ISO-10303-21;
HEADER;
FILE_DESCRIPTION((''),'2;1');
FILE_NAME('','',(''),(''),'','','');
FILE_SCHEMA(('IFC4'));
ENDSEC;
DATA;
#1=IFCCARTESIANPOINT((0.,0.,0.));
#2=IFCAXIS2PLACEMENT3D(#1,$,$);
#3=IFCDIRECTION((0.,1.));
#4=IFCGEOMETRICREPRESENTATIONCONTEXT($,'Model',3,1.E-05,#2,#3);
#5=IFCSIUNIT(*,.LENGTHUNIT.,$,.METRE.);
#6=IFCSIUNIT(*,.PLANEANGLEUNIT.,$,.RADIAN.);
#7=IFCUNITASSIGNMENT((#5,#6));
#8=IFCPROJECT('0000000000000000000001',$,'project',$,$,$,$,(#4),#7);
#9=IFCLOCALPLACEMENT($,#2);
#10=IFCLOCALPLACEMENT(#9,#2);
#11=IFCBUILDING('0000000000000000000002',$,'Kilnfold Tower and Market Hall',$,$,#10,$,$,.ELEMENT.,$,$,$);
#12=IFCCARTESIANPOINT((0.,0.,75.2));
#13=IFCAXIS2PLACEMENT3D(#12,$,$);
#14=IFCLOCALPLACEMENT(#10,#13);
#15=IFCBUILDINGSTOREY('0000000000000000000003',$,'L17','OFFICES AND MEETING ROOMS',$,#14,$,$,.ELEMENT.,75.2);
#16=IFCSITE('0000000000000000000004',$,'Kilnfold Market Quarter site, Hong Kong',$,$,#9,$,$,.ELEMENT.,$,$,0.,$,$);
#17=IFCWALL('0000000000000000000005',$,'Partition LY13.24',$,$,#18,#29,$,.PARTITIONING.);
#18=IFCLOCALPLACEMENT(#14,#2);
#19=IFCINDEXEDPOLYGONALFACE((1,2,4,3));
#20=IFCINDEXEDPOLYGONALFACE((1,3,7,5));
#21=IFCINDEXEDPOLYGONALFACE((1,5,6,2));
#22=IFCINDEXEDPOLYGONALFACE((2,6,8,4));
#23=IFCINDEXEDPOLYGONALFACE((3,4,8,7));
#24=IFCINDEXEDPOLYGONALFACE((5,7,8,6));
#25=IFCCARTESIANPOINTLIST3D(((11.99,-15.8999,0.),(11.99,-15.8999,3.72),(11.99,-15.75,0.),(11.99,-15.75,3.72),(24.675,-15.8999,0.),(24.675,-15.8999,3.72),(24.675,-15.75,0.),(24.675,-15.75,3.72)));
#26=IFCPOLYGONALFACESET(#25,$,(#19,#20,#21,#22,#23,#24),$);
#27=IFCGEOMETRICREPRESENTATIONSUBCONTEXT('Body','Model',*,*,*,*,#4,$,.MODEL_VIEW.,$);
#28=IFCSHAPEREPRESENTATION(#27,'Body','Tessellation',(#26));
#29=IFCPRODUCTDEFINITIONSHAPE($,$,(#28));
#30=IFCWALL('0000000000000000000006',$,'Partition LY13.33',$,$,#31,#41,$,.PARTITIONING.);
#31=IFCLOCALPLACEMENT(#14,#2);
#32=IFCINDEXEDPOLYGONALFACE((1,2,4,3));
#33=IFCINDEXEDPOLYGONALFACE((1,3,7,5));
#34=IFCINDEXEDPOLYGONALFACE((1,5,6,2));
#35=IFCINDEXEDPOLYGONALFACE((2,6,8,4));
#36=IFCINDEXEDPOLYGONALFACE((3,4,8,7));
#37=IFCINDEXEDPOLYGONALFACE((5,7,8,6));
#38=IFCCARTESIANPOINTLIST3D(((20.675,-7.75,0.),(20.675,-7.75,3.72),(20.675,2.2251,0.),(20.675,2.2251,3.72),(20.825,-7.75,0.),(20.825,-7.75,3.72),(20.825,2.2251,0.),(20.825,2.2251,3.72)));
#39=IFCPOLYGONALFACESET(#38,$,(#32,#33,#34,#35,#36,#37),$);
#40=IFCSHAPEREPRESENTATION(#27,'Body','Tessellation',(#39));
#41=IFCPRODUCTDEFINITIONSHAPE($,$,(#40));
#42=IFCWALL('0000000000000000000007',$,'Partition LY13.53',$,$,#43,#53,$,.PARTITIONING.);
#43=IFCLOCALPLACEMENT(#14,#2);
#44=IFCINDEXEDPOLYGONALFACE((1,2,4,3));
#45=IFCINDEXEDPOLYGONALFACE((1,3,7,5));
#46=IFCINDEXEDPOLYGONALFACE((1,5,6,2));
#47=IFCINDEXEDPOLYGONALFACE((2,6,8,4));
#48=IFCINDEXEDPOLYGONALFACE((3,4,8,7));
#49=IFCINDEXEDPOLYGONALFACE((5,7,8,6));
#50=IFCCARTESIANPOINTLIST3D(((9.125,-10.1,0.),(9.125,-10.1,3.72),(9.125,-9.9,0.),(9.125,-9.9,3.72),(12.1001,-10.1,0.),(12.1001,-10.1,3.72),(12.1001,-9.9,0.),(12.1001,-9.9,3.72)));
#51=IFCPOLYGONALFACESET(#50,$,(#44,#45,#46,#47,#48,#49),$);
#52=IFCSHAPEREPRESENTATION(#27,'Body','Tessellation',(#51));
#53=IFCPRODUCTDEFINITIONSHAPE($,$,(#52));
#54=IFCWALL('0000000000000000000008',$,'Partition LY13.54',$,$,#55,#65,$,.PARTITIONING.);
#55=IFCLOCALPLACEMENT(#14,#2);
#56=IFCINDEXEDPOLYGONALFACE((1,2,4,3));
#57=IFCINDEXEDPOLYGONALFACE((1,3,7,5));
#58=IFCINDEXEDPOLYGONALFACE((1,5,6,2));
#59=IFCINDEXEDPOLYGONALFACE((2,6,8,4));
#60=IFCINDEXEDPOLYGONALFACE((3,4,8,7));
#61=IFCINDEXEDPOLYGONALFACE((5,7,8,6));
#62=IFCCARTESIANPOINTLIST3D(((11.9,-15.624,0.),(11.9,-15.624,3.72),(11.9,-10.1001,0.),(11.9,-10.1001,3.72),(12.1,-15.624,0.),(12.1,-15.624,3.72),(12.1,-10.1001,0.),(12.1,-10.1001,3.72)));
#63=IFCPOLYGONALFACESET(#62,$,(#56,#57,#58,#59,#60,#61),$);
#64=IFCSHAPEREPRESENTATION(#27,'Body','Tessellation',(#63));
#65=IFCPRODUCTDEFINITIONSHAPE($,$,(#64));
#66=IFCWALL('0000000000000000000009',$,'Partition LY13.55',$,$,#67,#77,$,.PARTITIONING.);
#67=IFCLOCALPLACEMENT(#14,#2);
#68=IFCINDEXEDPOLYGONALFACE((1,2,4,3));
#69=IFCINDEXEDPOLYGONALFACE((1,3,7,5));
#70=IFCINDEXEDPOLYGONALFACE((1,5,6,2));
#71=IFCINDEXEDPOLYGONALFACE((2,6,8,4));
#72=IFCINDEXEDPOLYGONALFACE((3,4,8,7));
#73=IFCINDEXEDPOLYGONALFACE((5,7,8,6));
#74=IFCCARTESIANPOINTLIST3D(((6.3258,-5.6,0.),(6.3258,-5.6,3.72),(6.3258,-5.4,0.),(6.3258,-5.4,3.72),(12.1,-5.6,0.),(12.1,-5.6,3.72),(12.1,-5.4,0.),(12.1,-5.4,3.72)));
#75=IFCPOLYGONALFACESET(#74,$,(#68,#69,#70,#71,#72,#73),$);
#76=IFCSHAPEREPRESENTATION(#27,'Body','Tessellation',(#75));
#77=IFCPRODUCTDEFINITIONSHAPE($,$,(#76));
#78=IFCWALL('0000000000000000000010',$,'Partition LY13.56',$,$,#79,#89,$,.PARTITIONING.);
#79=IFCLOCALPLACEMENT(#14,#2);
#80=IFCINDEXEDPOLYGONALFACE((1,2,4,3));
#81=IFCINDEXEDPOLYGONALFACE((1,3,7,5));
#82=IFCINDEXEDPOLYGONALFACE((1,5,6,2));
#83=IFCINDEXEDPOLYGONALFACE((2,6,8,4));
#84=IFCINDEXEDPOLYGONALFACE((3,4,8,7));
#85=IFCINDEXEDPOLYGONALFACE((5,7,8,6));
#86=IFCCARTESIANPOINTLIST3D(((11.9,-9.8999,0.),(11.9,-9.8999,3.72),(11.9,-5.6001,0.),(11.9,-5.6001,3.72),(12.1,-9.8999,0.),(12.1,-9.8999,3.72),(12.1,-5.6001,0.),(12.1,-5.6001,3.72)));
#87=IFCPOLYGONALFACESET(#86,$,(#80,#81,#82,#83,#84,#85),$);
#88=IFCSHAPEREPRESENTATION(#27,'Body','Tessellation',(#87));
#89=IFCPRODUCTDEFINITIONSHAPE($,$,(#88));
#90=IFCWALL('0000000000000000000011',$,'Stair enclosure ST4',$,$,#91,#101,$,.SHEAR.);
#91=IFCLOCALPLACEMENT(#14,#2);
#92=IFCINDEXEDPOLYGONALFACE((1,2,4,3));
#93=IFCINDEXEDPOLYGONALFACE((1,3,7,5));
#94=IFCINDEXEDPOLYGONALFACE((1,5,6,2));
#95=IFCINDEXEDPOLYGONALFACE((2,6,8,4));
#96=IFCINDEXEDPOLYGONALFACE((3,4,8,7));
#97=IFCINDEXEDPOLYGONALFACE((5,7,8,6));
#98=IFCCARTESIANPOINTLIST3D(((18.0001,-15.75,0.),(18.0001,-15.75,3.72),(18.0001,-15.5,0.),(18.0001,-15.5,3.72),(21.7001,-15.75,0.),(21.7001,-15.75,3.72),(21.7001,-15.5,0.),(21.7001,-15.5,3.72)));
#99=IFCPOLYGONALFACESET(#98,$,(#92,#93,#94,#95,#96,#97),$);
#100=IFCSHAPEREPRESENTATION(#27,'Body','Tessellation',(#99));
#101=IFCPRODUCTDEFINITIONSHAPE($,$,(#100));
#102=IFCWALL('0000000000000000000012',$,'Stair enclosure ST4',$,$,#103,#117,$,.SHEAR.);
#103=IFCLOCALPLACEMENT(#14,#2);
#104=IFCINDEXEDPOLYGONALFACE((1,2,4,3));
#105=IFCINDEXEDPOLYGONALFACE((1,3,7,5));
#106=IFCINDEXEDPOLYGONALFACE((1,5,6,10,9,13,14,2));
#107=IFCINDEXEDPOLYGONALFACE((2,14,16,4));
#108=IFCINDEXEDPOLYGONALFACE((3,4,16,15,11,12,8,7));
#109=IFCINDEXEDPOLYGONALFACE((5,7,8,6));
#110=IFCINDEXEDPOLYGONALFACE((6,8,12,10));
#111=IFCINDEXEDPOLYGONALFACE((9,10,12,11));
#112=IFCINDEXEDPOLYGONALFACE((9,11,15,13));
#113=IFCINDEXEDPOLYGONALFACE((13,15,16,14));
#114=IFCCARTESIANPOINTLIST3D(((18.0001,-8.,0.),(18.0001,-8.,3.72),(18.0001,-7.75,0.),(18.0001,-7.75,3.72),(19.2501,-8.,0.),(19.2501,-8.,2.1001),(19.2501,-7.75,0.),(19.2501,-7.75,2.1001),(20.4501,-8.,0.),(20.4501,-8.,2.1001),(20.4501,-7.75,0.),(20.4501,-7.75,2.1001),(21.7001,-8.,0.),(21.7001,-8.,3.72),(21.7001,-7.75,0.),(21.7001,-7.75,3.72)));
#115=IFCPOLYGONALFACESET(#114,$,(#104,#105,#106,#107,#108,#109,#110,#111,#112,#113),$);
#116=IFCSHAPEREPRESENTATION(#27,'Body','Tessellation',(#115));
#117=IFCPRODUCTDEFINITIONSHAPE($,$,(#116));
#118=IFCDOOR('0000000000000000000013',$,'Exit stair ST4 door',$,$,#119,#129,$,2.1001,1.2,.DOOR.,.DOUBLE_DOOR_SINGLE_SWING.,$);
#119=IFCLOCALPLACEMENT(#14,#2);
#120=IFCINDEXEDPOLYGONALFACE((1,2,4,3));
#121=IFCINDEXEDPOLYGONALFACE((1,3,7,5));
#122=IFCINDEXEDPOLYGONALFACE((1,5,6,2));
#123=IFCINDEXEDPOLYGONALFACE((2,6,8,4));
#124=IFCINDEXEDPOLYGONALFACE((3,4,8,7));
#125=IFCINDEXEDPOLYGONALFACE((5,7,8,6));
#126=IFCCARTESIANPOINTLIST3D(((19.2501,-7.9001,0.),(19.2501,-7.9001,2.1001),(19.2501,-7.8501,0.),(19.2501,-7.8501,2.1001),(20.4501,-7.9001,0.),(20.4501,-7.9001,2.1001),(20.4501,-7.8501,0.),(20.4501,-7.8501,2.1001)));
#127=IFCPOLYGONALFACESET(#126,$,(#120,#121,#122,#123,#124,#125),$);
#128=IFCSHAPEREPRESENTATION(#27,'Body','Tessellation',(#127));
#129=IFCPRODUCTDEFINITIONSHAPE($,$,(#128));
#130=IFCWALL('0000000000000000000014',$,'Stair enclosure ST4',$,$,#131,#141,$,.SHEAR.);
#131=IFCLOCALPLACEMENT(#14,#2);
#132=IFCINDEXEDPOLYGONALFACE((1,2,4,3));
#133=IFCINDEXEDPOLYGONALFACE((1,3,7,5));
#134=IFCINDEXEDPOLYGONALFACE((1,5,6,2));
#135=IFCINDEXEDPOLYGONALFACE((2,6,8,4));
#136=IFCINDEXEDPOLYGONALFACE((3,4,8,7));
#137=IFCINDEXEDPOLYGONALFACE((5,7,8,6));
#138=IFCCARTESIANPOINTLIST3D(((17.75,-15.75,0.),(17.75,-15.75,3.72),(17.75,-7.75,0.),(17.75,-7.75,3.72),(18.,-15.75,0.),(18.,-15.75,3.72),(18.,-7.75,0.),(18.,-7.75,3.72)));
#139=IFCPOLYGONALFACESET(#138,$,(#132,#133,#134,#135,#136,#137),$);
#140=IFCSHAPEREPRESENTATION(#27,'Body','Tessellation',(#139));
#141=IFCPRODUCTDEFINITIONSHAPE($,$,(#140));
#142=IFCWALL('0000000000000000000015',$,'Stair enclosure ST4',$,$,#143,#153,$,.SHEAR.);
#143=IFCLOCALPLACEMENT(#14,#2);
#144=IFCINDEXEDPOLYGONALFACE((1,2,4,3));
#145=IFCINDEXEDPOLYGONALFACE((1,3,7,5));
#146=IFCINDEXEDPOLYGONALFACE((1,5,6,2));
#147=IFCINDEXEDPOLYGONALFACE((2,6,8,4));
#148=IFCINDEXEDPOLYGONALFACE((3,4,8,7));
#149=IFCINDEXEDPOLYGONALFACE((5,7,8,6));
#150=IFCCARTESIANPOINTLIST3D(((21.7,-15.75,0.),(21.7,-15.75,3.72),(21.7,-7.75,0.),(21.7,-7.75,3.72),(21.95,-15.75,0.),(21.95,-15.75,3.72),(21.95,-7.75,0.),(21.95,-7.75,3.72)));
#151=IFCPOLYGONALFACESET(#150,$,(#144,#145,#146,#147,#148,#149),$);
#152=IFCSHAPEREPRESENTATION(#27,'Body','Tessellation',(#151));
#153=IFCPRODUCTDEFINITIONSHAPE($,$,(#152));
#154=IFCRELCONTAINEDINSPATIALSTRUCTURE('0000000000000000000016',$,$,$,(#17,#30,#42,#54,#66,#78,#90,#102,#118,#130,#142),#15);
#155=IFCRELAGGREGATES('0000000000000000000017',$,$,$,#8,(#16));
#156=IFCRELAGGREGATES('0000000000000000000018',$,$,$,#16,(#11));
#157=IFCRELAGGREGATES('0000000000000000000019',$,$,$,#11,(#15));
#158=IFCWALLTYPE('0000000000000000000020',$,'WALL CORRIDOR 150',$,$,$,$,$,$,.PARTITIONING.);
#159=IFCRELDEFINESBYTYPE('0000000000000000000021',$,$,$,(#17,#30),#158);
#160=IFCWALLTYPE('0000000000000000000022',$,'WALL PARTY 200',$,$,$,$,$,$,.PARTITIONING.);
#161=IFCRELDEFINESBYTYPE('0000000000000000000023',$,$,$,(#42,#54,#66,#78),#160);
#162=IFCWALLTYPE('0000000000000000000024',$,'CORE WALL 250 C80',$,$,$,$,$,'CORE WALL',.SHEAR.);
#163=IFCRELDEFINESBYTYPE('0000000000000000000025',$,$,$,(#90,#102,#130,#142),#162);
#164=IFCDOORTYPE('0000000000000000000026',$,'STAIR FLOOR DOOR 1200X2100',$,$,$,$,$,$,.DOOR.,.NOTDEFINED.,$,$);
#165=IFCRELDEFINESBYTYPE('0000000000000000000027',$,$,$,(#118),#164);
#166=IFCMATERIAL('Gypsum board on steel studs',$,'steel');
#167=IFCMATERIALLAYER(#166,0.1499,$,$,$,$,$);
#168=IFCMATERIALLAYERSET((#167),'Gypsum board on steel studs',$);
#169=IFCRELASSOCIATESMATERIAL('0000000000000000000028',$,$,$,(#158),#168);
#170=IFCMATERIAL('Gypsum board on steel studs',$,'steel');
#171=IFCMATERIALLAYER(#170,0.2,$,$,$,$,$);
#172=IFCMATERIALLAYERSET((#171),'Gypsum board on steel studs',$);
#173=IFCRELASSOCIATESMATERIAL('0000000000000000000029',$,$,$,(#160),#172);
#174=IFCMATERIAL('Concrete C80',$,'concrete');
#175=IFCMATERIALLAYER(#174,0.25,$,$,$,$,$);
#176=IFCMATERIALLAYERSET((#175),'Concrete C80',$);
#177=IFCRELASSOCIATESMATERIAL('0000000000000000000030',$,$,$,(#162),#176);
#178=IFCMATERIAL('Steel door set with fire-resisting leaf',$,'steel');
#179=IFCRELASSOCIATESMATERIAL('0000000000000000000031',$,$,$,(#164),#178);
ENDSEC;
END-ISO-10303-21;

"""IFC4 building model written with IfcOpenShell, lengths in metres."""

from ifc_helpers import new_model, si_unit, direction, frame, frame_2d, origin, place, context, subcontext, project, spatial, rectangle, extrude, source, transform, mapped, material, layer, layer_set, type_object, element, fill, save


model = new_model("IFC4")

# Units and contexts
model_context = context("Model", 3, precision=1e-05, world=origin(), true_north=direction((0.0, 1.0)))
body_context = subcontext(model_context, "Body", "Model", "MODEL_VIEW")
ifc_project = project(units=[si_unit("LENGTHUNIT", "METRE"), si_unit("PLANEANGLEUNIT", "RADIAN")], contexts=[model_context])

# Site, building, storey
site_placement = place(None, origin())
site = spatial("IfcSite", under=ifc_project, at=site_placement, Name="Kilnfold Market Quarter site, Hong Kong", CompositionType="ELEMENT", RefElevation=0.0)
building_placement = place(site_placement, origin())
building = spatial("IfcBuilding", under=site, at=building_placement, Name="Kilnfold Tower and Market Hall", CompositionType="ELEMENT")
storey_placement = place(building_placement, frame((0.0, 0.0, 75.2)))
storey = spatial("IfcBuildingStorey", under=building, at=storey_placement, Name="L17", Description="OFFICES AND MEETING ROOMS", CompositionType="ELEMENT", Elevation=75.2)

# Walls
ifc_material_1 = material(Name="Gypsum board on steel studs", Category="steel")
ifc_layer_1 = layer(ifc_material_1, 0.1499)
ifc_layer_set_1 = layer_set([ifc_layer_1], Name="Gypsum board on steel studs")
wall_type_1 = type_object("IfcWallType", Name="WALL CORRIDOR 150", PredefinedType="PARTITIONING", material=ifc_layer_set_1)
wall_1_placement = place(storey_placement, frame((11.99, -15.825, 0.0), z_axis=(0.0, 0.0, 1.0), x_axis=(1.0, 0.0, 0.0)))
element("IfcWall", 1, at=wall_1_placement, inside=storey, type_object=wall_type_1, Name="Partition LY13.24", PredefinedType="PARTITIONING", context=body_context, shape_type="SweptSolid", body=[
    extrude(rectangle(XDim=12.6851, YDim=0.1499, at=frame_2d((6.3425, 0.0))), origin(), (0.0, 0.0, 1.0), 3.72),
])
wall_2_placement = place(storey_placement, frame((20.75, -7.75, 0.0), z_axis=(0.0, 0.0, 1.0), x_axis=(0.0, 1.0, 0.0)))
element("IfcWall", 2, at=wall_2_placement, inside=storey, type_object=wall_type_1, Name="Partition LY13.33", PredefinedType="PARTITIONING", context=body_context, shape_type="SweptSolid", body=[
    extrude(rectangle(XDim=9.9751, YDim=0.1499, at=frame_2d((4.9875, 0.0))), origin(), (0.0, 0.0, 1.0), 3.72),
])
ifc_material_2 = material(Name="Gypsum board on steel studs", Category="steel")
ifc_layer_2 = layer(ifc_material_2, 0.2)
ifc_layer_set_2 = layer_set([ifc_layer_2], Name="Gypsum board on steel studs")
wall_type_2 = type_object("IfcWallType", Name="WALL PARTY 200", PredefinedType="PARTITIONING", material=ifc_layer_set_2)
wall_3_placement = place(storey_placement, frame((9.125, -10.0, 0.0), z_axis=(0.0, 0.0, 1.0), x_axis=(1.0, 0.0, 0.0)))
element("IfcWall", 3, at=wall_3_placement, inside=storey, type_object=wall_type_2, Name="Partition LY13.53", PredefinedType="PARTITIONING", context=body_context, shape_type="SweptSolid", body=[
    extrude(rectangle(XDim=2.9751, YDim=0.2, at=frame_2d((1.4875, 0.0))), origin(), (0.0, 0.0, 1.0), 3.72),
])
wall_4_placement = place(storey_placement, frame((12.0, -15.624, 0.0), z_axis=(0.0, 0.0, 1.0), x_axis=(0.0, 1.0, 0.0)))
element("IfcWall", 4, at=wall_4_placement, inside=storey, type_object=wall_type_2, Name="Partition LY13.54", PredefinedType="PARTITIONING", context=body_context, shape_type="SweptSolid", body=[
    extrude(rectangle(XDim=5.5239, YDim=0.2, at=frame_2d((2.762, 0.0))), origin(), (0.0, 0.0, 1.0), 3.72),
])
wall_5_placement = place(storey_placement, frame((12.1001, -5.5, 0.0), z_axis=(0.0, 0.0, 1.0), x_axis=(-1.0, 0.0, 0.0)))
element("IfcWall", 5, at=wall_5_placement, inside=storey, type_object=wall_type_2, Name="Partition LY13.55", PredefinedType="PARTITIONING", context=body_context, shape_type="SweptSolid", body=[
    extrude(rectangle(XDim=5.7742, YDim=0.2, at=frame_2d((2.8872, 0.0))), origin(), (0.0, 0.0, 1.0), 3.72),
])
wall_6_placement = place(storey_placement, frame((12.0, -9.8999, 0.0), z_axis=(0.0, 0.0, 1.0), x_axis=(0.0, 1.0, 0.0)))
element("IfcWall", 6, at=wall_6_placement, inside=storey, type_object=wall_type_2, Name="Partition LY13.56", PredefinedType="PARTITIONING", context=body_context, shape_type="SweptSolid", body=[
    extrude(rectangle(XDim=4.2998, YDim=0.2, at=frame_2d((2.1499, 0.0))), origin(), (0.0, 0.0, 1.0), 3.72),
])
ifc_material_3 = material(Name="Concrete C80", Category="concrete")
ifc_layer_3 = layer(ifc_material_3, 0.25)
ifc_layer_set_3 = layer_set([ifc_layer_3], Name="Concrete C80")
wall_type_3 = type_object("IfcWallType", Name="CORE WALL 250 C80", ElementType="CORE WALL", PredefinedType="SHEAR", material=ifc_layer_set_3)
shared_shape_1 = source(origin(), body_context, "Body", "SweptSolid", [
    extrude(rectangle(XDim=3.7, YDim=0.25, at=frame_2d((1.8501, 0.0))), origin(), (0.0, 0.0, 1.0), 3.72),
])
wall_7_placement = place(storey_placement, frame((18.0, -15.625, 0.0), z_axis=(0.0, 0.0, 1.0), x_axis=(1.0, 0.0, 0.0)))
element("IfcWall", 7, at=wall_7_placement, inside=storey, type_object=wall_type_3, Name="Stair enclosure ST4", PredefinedType="SHEAR", context=body_context, shape_type="MappedRepresentation", body=[
    mapped(shared_shape_1, transform((0.0, 0.0, 0.0))),
])

# Wall, opening, door
wall_8_placement = place(storey_placement, frame((18.0, -7.875, 0.0), z_axis=(0.0, 0.0, 1.0), x_axis=(1.0, 0.0, 0.0)))
wall_8 = element("IfcWall", 8, at=wall_8_placement, inside=storey, type_object=wall_type_3, Name="Stair enclosure ST4", PredefinedType="SHEAR", context=body_context, shape_type="MappedRepresentation", body=[
    mapped(shared_shape_1, transform((0.0, 0.0, 0.0))),
])
opening_placement = place(wall_8_placement, frame((1.25, 0.0, 0.0)))
opening = element("IfcOpeningElement", 9, at=opening_placement, cuts=wall_8, PredefinedType="OPENING", context=body_context, shape_type="SweptSolid", body=[
    extrude(rectangle(XDim=1.2, YDim=2.1001, at=frame_2d((0.6001, 1.05))), frame((0.0, 0.135, 0.0), z_axis=(0.0, -1.0, 0.0), x_axis=(1.0, 0.0, 0.0)), (0.0, 0.0, 1.0), 0.27),
])
ifc_material_4 = material(Name="Steel door set with fire-resisting leaf", Category="steel")
door_type = type_object("IfcDoorType", Name="STAIR FLOOR DOOR 1200X2100", OperationType="NOTDEFINED", PredefinedType="DOOR", material=ifc_material_4)
door_placement = place(opening_placement, origin())
door = element("IfcDoor", 10, at=door_placement, inside=storey, type_object=door_type, Name="Exit stair ST4 door", OperationType="DOUBLE_DOOR_SINGLE_SWING", OverallHeight=2.1001, OverallWidth=1.2, PredefinedType="DOOR", context=body_context, shape_type="SweptSolid", body=[
    extrude(rectangle(XDim=1.2, YDim=2.1001, at=frame_2d((0.6001, 1.05))), frame((0.0, 0.0249, 0.0), z_axis=(0.0, -1.0, 0.0), x_axis=(1.0, 0.0, 0.0)), (0.0, 0.0, 1.0), 0.05),
])
fill(opening, door)

# Walls
shared_shape_2 = source(origin(), body_context, "Body", "SweptSolid", [
    extrude(rectangle(XDim=8.0, YDim=0.25, at=frame_2d((4.0, 0.0))), origin(), (0.0, 0.0, 1.0), 3.72),
])
for number, where, z_axis, x_axis, name in (
    (11, (17.875, -15.75, 0.0), (0.0, 0.0, 1.0), (0.0, 1.0, 0.0), "Stair enclosure ST4"),
    (12, (21.825, -15.75, 0.0), (0.0, 0.0, 1.0), (0.0, 1.0, 0.0), "Stair enclosure ST4"),
):
    element("IfcWall", number, at=place(storey_placement, frame(where, z_axis=z_axis, x_axis=x_axis)), inside=storey, type_object=wall_type_3, Name=name, PredefinedType="SHEAR", context=body_context, shape_type="MappedRepresentation", body=[
        mapped(shared_shape_2, transform((0.0, 0.0, 0.0))),
    ])

save(model, "model.ifc")
